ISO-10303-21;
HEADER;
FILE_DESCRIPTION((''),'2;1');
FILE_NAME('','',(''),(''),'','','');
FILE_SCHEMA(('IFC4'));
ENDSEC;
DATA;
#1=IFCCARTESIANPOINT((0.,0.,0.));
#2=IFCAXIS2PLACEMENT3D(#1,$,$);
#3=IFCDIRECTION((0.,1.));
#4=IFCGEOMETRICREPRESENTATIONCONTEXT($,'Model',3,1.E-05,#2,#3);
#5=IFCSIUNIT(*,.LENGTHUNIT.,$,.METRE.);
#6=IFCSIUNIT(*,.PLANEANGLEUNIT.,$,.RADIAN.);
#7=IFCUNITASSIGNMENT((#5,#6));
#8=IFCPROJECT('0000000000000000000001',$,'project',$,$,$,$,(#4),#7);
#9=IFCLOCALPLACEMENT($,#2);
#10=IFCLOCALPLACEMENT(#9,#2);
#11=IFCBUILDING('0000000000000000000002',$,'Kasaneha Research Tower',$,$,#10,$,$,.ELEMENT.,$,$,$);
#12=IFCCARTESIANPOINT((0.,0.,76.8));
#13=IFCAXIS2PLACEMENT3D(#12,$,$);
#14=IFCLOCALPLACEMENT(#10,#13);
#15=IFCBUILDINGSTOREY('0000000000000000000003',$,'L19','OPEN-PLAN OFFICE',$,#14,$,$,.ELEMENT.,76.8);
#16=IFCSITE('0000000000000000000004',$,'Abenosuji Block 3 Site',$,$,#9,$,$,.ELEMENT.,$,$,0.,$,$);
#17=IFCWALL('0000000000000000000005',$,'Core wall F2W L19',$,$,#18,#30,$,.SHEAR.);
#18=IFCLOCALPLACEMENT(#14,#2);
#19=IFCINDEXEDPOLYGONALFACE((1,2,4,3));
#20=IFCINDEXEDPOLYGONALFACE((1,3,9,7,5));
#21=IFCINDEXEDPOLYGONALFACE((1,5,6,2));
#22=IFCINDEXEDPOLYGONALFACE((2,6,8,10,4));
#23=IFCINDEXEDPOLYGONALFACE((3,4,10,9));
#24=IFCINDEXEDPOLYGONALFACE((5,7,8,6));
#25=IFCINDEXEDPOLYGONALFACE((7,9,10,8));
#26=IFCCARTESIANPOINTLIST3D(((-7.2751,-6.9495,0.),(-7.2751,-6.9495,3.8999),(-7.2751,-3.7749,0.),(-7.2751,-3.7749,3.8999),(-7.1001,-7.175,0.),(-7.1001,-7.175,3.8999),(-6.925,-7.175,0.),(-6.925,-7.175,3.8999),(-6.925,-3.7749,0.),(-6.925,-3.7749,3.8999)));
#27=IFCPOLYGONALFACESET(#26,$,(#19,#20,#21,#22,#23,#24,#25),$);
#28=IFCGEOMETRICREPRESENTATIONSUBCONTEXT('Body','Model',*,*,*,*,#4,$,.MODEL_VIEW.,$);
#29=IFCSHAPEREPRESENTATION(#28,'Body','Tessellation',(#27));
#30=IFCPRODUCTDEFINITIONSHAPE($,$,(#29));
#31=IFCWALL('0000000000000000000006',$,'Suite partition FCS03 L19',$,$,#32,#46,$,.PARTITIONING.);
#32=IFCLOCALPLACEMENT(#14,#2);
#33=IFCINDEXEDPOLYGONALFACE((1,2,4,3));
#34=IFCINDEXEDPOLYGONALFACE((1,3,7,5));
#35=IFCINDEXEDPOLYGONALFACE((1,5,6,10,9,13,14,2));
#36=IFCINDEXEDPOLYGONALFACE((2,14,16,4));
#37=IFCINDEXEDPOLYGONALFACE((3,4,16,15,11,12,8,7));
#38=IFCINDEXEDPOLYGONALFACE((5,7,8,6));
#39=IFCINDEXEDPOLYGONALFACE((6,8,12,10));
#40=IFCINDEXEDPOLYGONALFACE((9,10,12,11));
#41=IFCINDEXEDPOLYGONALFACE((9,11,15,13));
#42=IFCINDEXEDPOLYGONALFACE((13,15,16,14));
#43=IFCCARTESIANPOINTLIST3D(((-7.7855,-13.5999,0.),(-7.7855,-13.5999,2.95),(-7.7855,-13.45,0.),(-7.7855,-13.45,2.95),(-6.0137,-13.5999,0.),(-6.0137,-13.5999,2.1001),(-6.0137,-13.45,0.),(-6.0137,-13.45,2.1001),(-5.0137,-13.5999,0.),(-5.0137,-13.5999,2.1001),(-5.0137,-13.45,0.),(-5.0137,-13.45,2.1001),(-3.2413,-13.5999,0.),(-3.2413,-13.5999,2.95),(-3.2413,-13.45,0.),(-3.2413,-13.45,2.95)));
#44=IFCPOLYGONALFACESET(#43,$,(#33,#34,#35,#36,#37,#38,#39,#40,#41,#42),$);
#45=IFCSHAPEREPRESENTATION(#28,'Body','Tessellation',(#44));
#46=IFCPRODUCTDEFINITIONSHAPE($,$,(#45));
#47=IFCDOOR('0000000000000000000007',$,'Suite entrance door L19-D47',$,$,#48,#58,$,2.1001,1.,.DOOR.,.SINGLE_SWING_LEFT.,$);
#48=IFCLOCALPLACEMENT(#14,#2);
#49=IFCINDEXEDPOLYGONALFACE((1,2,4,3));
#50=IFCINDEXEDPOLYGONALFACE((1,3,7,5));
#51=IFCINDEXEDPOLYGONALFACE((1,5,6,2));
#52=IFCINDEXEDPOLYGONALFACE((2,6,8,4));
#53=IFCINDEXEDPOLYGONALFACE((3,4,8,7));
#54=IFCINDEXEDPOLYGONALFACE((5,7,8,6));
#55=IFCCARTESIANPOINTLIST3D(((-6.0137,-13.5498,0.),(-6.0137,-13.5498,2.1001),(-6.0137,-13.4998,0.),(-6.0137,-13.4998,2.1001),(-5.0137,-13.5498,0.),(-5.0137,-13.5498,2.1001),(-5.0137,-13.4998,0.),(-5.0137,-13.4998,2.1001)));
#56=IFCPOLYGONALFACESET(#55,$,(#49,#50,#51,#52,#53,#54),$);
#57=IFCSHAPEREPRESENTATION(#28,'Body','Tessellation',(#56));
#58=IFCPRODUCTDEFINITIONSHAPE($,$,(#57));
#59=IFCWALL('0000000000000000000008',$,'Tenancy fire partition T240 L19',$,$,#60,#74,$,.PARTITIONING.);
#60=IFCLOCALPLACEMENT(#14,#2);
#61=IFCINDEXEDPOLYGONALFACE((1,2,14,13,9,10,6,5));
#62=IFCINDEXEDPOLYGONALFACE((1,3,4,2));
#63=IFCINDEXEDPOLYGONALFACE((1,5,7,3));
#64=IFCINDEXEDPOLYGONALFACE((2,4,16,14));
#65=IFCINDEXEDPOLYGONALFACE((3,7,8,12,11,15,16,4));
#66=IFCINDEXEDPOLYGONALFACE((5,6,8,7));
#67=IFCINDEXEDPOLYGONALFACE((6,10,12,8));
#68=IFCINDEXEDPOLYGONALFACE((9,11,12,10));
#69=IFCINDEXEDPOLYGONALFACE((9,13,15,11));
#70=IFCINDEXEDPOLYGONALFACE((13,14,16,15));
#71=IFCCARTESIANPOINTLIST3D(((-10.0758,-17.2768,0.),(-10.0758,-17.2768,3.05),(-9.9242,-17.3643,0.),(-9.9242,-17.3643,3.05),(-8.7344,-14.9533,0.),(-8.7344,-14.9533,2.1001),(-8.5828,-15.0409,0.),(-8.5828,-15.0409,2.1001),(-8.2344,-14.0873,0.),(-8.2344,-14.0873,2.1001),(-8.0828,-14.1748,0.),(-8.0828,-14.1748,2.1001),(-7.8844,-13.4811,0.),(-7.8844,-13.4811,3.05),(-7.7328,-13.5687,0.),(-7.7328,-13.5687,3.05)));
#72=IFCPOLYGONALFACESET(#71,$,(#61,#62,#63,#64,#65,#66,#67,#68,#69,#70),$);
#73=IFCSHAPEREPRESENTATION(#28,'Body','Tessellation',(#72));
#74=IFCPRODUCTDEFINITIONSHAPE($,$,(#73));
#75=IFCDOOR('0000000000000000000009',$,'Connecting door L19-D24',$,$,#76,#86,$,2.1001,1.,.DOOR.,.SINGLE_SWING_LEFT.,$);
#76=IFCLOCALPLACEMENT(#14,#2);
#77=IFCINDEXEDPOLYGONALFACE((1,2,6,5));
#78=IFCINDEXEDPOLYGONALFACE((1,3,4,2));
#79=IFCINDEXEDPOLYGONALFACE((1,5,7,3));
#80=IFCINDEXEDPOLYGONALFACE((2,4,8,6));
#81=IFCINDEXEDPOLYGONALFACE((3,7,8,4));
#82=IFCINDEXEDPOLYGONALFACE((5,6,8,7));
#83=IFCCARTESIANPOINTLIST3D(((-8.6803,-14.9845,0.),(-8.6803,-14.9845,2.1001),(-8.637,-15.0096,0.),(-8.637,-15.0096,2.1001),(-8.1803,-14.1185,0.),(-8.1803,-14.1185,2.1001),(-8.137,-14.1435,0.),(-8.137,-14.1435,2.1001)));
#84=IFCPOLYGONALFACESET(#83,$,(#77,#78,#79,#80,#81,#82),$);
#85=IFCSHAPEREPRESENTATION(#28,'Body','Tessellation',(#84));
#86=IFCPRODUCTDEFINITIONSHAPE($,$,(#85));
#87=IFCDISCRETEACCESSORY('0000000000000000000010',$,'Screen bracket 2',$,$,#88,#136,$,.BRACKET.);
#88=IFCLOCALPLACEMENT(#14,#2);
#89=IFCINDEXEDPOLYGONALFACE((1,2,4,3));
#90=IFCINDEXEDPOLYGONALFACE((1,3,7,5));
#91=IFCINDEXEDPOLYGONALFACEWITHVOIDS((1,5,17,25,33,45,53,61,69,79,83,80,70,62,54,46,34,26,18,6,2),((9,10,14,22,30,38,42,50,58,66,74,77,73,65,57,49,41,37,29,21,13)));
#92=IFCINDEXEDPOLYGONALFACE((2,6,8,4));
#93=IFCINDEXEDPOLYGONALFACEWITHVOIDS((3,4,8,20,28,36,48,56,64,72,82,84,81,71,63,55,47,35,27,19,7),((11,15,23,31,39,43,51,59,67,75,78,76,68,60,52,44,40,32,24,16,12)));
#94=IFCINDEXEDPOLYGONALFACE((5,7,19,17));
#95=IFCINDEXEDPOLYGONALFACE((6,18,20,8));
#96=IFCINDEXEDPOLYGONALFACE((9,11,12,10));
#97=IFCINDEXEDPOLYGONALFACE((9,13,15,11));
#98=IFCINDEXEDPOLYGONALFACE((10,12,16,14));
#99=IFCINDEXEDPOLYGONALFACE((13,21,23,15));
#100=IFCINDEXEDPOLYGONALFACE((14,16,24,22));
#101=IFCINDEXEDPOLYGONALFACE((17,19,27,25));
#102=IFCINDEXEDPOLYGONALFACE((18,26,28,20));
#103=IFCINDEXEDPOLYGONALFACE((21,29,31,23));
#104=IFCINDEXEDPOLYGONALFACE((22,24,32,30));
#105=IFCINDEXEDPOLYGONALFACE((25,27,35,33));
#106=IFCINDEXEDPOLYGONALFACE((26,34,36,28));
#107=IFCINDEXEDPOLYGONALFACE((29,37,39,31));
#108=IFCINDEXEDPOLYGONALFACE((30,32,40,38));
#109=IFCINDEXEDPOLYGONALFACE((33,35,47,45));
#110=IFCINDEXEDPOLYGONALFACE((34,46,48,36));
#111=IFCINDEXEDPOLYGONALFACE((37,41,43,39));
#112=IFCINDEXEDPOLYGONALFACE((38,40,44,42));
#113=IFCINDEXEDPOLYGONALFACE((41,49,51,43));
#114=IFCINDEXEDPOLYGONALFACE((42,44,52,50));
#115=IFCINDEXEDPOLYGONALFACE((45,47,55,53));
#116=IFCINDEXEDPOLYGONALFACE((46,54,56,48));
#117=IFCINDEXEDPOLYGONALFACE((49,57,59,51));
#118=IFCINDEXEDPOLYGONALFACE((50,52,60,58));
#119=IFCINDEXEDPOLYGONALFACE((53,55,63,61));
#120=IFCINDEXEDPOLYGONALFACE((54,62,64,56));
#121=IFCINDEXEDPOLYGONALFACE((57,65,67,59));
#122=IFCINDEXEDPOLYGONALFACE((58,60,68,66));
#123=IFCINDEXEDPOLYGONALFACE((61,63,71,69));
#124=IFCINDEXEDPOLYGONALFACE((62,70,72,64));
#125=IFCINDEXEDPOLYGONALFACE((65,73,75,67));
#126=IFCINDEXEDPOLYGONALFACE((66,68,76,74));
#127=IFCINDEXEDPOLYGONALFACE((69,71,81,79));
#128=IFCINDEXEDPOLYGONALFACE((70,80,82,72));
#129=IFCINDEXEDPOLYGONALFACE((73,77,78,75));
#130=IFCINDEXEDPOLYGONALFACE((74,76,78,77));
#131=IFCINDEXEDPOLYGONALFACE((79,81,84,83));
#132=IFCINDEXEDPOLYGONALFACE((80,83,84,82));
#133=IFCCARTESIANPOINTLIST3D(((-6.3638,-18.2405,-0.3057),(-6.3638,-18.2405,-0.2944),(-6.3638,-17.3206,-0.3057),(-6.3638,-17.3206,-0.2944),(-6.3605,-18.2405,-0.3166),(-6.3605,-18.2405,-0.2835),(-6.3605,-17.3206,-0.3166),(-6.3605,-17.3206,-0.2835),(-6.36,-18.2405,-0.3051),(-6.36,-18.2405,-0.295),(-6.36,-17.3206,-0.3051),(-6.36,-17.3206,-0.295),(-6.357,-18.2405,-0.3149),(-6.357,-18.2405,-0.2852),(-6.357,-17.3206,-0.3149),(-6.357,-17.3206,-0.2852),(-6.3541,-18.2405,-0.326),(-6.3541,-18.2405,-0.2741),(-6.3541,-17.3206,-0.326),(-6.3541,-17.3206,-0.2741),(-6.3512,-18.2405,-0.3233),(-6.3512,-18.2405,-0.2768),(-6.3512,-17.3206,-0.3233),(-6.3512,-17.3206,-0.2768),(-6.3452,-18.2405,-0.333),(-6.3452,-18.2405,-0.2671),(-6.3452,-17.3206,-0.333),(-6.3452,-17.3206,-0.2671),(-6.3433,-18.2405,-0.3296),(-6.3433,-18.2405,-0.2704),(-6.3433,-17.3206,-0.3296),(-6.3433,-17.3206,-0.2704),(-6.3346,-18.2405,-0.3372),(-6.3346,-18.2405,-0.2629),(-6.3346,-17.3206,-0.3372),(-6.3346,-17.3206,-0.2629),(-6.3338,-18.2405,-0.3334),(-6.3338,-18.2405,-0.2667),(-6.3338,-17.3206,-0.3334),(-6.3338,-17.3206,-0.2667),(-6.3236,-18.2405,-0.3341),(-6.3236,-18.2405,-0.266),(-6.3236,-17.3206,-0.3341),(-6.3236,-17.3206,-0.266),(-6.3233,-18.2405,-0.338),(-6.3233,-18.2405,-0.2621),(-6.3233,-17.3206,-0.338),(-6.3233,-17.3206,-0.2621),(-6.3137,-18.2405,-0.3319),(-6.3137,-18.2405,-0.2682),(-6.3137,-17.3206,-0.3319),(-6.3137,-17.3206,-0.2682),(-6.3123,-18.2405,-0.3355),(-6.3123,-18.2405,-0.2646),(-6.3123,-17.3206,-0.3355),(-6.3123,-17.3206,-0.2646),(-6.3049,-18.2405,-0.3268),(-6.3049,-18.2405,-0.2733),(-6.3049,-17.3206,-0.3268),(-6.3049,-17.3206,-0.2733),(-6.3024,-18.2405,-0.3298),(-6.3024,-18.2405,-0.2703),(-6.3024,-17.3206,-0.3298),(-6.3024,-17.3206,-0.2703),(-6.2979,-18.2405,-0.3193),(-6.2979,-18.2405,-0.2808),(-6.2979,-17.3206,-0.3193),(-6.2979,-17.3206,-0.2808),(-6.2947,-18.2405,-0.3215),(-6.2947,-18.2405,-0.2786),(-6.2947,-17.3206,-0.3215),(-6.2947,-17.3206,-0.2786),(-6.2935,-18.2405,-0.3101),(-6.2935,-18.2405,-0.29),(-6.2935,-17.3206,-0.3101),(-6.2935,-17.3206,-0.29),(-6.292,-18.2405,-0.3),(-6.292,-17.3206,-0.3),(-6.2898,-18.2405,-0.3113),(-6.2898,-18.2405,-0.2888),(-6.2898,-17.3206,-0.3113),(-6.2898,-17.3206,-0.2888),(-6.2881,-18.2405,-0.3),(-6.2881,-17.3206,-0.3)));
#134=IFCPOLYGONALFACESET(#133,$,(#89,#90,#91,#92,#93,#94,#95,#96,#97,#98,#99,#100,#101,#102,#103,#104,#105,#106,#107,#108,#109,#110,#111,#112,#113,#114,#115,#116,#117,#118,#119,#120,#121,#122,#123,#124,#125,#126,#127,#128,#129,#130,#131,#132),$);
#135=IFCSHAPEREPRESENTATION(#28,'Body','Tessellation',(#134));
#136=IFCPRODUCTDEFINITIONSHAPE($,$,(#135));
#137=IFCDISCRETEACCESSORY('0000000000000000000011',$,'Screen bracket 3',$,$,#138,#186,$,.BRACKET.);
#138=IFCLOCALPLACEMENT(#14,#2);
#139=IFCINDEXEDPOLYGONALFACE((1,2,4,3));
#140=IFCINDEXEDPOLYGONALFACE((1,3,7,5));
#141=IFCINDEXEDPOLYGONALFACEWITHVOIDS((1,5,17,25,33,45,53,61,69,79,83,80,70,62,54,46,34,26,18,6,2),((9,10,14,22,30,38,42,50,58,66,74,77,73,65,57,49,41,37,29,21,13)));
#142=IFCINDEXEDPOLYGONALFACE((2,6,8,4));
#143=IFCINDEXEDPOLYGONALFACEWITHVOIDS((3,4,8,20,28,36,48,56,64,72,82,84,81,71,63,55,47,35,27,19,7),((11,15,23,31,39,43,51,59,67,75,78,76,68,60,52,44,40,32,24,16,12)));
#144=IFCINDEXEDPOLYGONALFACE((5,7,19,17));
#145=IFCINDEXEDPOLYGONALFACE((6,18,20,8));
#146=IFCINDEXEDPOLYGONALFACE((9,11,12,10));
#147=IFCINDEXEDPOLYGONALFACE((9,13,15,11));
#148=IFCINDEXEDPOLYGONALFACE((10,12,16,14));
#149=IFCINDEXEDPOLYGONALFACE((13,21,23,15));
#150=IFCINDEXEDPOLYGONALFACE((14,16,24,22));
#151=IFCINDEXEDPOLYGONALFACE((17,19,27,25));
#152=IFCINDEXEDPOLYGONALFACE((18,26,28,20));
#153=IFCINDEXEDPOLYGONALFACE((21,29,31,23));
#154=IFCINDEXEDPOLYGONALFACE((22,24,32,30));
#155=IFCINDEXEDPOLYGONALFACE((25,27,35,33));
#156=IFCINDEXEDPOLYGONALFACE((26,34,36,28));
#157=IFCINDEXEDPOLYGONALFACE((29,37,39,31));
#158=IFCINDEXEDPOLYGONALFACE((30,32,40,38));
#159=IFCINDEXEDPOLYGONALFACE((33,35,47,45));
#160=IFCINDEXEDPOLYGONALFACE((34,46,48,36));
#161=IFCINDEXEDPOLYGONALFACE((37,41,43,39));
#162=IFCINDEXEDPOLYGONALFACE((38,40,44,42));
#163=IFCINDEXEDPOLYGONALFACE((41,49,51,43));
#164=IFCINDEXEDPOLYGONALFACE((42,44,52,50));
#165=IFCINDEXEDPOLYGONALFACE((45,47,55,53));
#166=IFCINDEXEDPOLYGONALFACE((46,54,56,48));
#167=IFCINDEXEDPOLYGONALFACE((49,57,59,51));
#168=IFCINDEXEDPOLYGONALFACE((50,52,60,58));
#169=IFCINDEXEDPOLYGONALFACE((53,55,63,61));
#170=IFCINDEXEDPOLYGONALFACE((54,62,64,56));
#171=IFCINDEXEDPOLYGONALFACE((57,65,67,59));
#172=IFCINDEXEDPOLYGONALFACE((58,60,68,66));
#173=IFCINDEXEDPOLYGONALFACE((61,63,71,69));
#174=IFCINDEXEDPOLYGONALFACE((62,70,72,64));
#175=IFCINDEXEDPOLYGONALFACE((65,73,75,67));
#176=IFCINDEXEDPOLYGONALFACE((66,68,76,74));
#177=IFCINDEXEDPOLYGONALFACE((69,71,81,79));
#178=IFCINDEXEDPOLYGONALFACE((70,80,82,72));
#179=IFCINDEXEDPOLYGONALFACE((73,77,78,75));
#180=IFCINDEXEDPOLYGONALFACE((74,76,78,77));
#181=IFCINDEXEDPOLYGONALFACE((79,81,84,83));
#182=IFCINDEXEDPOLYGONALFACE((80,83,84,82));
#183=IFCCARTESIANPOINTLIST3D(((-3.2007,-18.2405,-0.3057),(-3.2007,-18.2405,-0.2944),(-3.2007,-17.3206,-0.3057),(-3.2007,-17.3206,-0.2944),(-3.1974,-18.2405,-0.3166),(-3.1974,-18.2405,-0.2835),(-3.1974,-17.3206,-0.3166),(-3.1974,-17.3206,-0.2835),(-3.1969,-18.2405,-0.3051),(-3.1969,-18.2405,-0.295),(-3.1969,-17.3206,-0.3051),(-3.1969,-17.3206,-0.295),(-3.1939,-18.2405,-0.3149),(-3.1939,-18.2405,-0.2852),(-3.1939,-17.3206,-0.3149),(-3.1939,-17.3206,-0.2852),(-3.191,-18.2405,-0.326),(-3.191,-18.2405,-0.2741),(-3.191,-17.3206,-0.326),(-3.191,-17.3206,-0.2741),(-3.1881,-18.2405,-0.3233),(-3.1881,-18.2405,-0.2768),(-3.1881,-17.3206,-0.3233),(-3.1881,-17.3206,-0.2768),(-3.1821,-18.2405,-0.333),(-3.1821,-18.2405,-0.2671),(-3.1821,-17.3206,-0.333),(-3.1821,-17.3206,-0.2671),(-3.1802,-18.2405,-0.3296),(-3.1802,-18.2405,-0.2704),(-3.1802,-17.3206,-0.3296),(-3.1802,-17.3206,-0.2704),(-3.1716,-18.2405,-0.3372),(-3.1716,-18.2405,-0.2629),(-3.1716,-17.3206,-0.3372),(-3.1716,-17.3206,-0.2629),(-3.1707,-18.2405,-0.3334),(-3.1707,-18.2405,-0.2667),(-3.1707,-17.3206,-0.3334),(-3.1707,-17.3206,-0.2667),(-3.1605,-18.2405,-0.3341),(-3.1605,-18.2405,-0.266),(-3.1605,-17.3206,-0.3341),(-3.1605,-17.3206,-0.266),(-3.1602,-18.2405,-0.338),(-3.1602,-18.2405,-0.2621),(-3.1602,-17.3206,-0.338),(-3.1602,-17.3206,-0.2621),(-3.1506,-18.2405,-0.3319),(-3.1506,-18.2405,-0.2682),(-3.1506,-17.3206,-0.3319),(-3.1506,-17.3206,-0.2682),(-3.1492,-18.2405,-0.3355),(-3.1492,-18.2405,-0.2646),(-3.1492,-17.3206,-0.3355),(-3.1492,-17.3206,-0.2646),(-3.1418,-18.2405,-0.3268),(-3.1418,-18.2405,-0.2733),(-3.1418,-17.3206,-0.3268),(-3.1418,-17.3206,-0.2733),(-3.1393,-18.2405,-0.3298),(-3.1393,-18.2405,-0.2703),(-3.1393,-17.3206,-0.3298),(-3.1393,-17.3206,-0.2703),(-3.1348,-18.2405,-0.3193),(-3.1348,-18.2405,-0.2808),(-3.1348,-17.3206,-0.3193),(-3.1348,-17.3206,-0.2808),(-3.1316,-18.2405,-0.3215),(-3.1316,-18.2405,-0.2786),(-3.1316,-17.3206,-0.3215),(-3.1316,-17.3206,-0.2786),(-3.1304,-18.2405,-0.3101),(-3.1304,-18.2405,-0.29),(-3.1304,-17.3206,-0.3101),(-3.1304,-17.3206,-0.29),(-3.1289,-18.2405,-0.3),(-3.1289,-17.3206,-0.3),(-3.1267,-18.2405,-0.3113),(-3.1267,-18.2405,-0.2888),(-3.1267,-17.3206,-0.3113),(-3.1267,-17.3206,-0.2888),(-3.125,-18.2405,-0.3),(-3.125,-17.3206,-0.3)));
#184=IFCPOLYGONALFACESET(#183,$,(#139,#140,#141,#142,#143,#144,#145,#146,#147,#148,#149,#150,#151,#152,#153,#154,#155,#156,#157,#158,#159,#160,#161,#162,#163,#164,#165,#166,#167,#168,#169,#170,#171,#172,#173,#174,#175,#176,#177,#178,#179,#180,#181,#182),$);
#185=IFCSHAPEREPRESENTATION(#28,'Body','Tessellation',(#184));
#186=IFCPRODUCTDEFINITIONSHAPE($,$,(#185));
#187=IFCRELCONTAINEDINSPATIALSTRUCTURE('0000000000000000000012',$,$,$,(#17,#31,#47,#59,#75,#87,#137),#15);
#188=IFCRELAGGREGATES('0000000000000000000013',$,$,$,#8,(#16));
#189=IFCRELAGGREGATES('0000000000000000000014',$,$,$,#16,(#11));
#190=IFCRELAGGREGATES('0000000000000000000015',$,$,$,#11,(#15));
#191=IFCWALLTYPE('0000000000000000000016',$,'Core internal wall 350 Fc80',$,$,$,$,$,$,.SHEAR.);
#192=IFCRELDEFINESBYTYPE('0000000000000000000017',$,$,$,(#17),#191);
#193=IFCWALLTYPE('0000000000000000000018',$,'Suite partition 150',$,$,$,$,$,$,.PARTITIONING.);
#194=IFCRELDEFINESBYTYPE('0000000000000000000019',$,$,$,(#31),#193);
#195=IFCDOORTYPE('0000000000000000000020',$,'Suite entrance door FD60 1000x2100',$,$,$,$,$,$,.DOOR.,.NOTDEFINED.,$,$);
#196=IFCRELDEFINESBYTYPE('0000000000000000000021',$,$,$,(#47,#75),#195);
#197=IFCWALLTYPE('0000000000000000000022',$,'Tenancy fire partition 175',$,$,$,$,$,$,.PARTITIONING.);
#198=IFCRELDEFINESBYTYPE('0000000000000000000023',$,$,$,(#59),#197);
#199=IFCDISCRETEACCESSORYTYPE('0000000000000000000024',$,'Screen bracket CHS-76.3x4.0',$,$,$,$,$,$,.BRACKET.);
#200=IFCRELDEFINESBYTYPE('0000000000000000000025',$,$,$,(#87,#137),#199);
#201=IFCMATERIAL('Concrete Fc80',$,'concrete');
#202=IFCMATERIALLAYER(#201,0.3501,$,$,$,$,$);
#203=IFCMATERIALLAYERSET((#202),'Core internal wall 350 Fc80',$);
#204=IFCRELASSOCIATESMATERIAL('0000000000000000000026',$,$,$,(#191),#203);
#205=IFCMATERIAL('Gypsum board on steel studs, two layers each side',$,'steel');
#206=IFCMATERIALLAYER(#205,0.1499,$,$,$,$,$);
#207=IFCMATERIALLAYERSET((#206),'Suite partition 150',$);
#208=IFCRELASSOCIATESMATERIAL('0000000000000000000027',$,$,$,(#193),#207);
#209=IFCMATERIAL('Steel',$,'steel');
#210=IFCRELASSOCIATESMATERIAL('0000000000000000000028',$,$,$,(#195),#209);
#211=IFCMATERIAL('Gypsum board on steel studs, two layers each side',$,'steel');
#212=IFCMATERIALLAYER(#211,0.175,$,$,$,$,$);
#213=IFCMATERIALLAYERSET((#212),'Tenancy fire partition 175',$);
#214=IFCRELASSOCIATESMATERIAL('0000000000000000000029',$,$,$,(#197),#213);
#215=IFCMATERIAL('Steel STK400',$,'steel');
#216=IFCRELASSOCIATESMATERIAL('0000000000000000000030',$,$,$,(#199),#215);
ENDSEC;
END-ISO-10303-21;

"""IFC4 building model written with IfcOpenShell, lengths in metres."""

from ifc_helpers import new_model, si_unit, direction, frame, frame_2d, origin, origin_2d, place, context, subcontext, project, spatial, polyline, rectangle, hollow_circle, outline, extrude, material, layer, layer_set, material_profile, profile_set, type_object, element, fill, save


model = new_model("IFC4")

# Units and contexts
model_context = context("Model", 3, precision=1e-05, world=origin(), true_north=direction((0.0, 1.0)))
body_context = subcontext(model_context, "Body", "Model", "MODEL_VIEW")
ifc_project = project(units=[si_unit("LENGTHUNIT", "METRE"), si_unit("PLANEANGLEUNIT", "RADIAN")], contexts=[model_context])

# Site, building, storey
site_placement = place(None, origin())
site = spatial("IfcSite", under=ifc_project, at=site_placement, Name="Abenosuji Block 3 Site", CompositionType="ELEMENT", RefElevation=0.0)
building_placement = place(site_placement, origin())
building = spatial("IfcBuilding", under=site, at=building_placement, Name="Kasaneha Research Tower", CompositionType="ELEMENT")
storey_placement = place(building_placement, frame((0.0, 0.0, 76.8)))
storey = spatial("IfcBuildingStorey", under=building, at=storey_placement, Name="L19", Description="OPEN-PLAN OFFICE", CompositionType="ELEMENT", Elevation=76.8)

# Shared definitions
ifc_material_1 = material(Name="Concrete Fc80", Category="concrete")
ifc_layer_1 = layer(ifc_material_1, 0.3501)
ifc_layer_set_1 = layer_set([ifc_layer_1], Name="Core internal wall 350 Fc80")
wall_type_1 = type_object("IfcWallType", Name="Core internal wall 350 Fc80", PredefinedType="SHEAR", material=ifc_layer_set_1)

# Wall
wall_1_placement = place(storey_placement, frame((-7.1001, -3.7749, 0.0), z_axis=(0.0, 0.0, 1.0), x_axis=(0.0, -1.0, 0.0)))
element("IfcWall", 1, at=wall_1_placement, inside=storey, type_object=wall_type_1, Name="Core wall F2W L19", PredefinedType="SHEAR", context=body_context, shape_type="SweptSolid", body=[
    extrude(outline(polyline([(0.0, -0.175), (3.1746, -0.175), (3.4001, 0.0), (3.4001, 0.175), (0.0, 0.175), (0.0, -0.175)])), origin(), (0.0, 0.0, 1.0), 3.8999),
])

# Walls, openings, doors
ifc_material_2 = material(Name="Gypsum board on steel studs, two layers each side", Category="steel")
ifc_layer_2 = layer(ifc_material_2, 0.1499)
ifc_layer_set_2 = layer_set([ifc_layer_2], Name="Suite partition 150")
wall_type_2 = type_object("IfcWallType", Name="Suite partition 150", PredefinedType="PARTITIONING", material=ifc_layer_set_2)
wall_2_placement = place(storey_placement, frame((-3.2415, -13.5249, 0.0), z_axis=(0.0, 0.0, 1.0), x_axis=(-1.0, 0.0, 0.0)))
wall_2 = element("IfcWall", 2, at=wall_2_placement, inside=storey, type_object=wall_type_2, Name="Suite partition FCS03 L19", PredefinedType="PARTITIONING", context=body_context, shape_type="SweptSolid", body=[
    extrude(rectangle(XDim=4.5442, YDim=0.1499, at=frame_2d((2.272, 0.0))), origin(), (0.0, 0.0, 1.0), 2.95),
])
opening_1_placement = place(wall_2_placement, frame((1.7722, 0.0, 0.0)))
opening_1 = element("IfcOpeningElement", 3, at=opening_1_placement, cuts=wall_2, PredefinedType="OPENING", context=body_context, shape_type="SweptSolid", body=[
    extrude(rectangle(XDim=1.0, YDim=2.1001, at=frame_2d((0.5, 1.05))), frame((0.0, 0.085, 0.0), z_axis=(0.0, -1.0, 0.0), x_axis=(1.0, 0.0, 0.0)), (0.0, 0.0, 1.0), 0.1699),
])
ifc_material_3 = material(Name="Steel", Category="steel")
door_type_1 = type_object("IfcDoorType", Name="Suite entrance door FD60 1000x2100", OperationType="NOTDEFINED", PredefinedType="DOOR", material=ifc_material_3)
door_1_placement = place(opening_1_placement, origin())
door_1 = element("IfcDoor", 4, at=door_1_placement, inside=storey, type_object=door_type_1, Name="Suite entrance door L19-D47", OperationType="SINGLE_SWING_LEFT", OverallHeight=2.1001, OverallWidth=1.0, PredefinedType="DOOR", context=body_context, shape_type="SweptSolid", body=[
    extrude(rectangle(XDim=1.0, YDim=2.1001, at=frame_2d((0.5, 1.05))), frame((0.0, 0.0249, 0.0), z_axis=(0.0, -1.0, 0.0), x_axis=(1.0, 0.0, 0.0)), (0.0, 0.0, 1.0), 0.05),
])
fill(opening_1, door_1)
ifc_material_4 = material(Name="Gypsum board on steel studs, two layers each side", Category="steel")
ifc_layer_3 = layer(ifc_material_4, 0.175)
ifc_layer_set_3 = layer_set([ifc_layer_3], Name="Tenancy fire partition 175")
wall_type_3 = type_object("IfcWallType", Name="Tenancy fire partition 175", PredefinedType="PARTITIONING", material=ifc_layer_set_3)
wall_3_placement = place(storey_placement, frame((-7.8086, -13.5249, 0.0), z_axis=(0.0, 0.0, 1.0), x_axis=(-0.499997, -0.866027, 0.0)))
wall_3 = element("IfcWall", 5, at=wall_3_placement, inside=storey, type_object=wall_type_3, Name="Tenancy fire partition T240 L19", PredefinedType="PARTITIONING", context=body_context, shape_type="SweptSolid", body=[
    extrude(rectangle(XDim=4.3828, YDim=0.175, at=frame_2d((2.1914, 0.0))), origin(), (0.0, 0.0, 1.0), 3.05),
])
opening_2_placement = place(wall_3_placement, frame((0.7, 0.0, 0.0)))
opening_2 = element("IfcOpeningElement", 6, at=opening_2_placement, cuts=wall_3, PredefinedType="OPENING", context=body_context, shape_type="SweptSolid", body=[
    extrude(rectangle(XDim=1.0, YDim=2.1001, at=frame_2d((0.5, 1.05))), frame((0.0, 0.0977, 0.0), z_axis=(0.0, -1.0, 0.0), x_axis=(1.0, 0.0, 0.0)), (0.0, 0.0, 1.0), 0.1951),
])
door_2_placement = place(opening_2_placement, origin())
door_2 = element("IfcDoor", 7, at=door_2_placement, inside=storey, type_object=door_type_1, Name="Connecting door L19-D24", OperationType="SINGLE_SWING_LEFT", OverallHeight=2.1001, OverallWidth=1.0, PredefinedType="DOOR", context=body_context, shape_type="SweptSolid", body=[
    extrude(rectangle(XDim=1.0, YDim=2.1001, at=frame_2d((0.5, 1.05))), frame((0.0, 0.0249, 0.0), z_axis=(0.0, -1.0, 0.0), x_axis=(1.0, 0.0, 0.0)), (0.0, 0.0, 1.0), 0.05),
])
fill(opening_2, door_2)

# Discrete accessories
ifc_material_5 = material(Name="Steel STK400", Category="steel")
ifc_material_profile_1 = material_profile(ifc_material_5, hollow_circle(Radius=0.0381, WallThickness=0.0039, at=origin_2d()), Name="CHS-76.3x4.0")
ifc_profile_set_1 = profile_set([ifc_material_profile_1], Name="Steel STK400")
discrete_accessory_type = type_object("IfcDiscreteAccessoryType", Name="Screen bracket CHS-76.3x4.0", PredefinedType="BRACKET", material=ifc_profile_set_1)
for number, where, z_axis, x_axis, name in (
    (8, (-6.3262, -17.3206, -0.3), (0.0, -1.0, 0.0), (1.0, 0.0, 0.0), "Screen bracket 2"),
    (9, (-3.1631, -17.3206, -0.3), (0.0, -1.0, 0.0), (1.0, 0.0, 0.0), "Screen bracket 3"),
):
    element("IfcDiscreteAccessory", number, at=place(storey_placement, frame(where, z_axis=z_axis, x_axis=x_axis)), inside=storey, type_object=discrete_accessory_type, Name=name, PredefinedType="BRACKET", context=body_context, shape_type="SweptSolid", body=[
        extrude(hollow_circle(Radius=0.0381, WallThickness=0.0039, at=origin_2d()), origin(), (0.0, 0.0, 1.0), 0.9199),
    ])

save(model, "model.ifc")
